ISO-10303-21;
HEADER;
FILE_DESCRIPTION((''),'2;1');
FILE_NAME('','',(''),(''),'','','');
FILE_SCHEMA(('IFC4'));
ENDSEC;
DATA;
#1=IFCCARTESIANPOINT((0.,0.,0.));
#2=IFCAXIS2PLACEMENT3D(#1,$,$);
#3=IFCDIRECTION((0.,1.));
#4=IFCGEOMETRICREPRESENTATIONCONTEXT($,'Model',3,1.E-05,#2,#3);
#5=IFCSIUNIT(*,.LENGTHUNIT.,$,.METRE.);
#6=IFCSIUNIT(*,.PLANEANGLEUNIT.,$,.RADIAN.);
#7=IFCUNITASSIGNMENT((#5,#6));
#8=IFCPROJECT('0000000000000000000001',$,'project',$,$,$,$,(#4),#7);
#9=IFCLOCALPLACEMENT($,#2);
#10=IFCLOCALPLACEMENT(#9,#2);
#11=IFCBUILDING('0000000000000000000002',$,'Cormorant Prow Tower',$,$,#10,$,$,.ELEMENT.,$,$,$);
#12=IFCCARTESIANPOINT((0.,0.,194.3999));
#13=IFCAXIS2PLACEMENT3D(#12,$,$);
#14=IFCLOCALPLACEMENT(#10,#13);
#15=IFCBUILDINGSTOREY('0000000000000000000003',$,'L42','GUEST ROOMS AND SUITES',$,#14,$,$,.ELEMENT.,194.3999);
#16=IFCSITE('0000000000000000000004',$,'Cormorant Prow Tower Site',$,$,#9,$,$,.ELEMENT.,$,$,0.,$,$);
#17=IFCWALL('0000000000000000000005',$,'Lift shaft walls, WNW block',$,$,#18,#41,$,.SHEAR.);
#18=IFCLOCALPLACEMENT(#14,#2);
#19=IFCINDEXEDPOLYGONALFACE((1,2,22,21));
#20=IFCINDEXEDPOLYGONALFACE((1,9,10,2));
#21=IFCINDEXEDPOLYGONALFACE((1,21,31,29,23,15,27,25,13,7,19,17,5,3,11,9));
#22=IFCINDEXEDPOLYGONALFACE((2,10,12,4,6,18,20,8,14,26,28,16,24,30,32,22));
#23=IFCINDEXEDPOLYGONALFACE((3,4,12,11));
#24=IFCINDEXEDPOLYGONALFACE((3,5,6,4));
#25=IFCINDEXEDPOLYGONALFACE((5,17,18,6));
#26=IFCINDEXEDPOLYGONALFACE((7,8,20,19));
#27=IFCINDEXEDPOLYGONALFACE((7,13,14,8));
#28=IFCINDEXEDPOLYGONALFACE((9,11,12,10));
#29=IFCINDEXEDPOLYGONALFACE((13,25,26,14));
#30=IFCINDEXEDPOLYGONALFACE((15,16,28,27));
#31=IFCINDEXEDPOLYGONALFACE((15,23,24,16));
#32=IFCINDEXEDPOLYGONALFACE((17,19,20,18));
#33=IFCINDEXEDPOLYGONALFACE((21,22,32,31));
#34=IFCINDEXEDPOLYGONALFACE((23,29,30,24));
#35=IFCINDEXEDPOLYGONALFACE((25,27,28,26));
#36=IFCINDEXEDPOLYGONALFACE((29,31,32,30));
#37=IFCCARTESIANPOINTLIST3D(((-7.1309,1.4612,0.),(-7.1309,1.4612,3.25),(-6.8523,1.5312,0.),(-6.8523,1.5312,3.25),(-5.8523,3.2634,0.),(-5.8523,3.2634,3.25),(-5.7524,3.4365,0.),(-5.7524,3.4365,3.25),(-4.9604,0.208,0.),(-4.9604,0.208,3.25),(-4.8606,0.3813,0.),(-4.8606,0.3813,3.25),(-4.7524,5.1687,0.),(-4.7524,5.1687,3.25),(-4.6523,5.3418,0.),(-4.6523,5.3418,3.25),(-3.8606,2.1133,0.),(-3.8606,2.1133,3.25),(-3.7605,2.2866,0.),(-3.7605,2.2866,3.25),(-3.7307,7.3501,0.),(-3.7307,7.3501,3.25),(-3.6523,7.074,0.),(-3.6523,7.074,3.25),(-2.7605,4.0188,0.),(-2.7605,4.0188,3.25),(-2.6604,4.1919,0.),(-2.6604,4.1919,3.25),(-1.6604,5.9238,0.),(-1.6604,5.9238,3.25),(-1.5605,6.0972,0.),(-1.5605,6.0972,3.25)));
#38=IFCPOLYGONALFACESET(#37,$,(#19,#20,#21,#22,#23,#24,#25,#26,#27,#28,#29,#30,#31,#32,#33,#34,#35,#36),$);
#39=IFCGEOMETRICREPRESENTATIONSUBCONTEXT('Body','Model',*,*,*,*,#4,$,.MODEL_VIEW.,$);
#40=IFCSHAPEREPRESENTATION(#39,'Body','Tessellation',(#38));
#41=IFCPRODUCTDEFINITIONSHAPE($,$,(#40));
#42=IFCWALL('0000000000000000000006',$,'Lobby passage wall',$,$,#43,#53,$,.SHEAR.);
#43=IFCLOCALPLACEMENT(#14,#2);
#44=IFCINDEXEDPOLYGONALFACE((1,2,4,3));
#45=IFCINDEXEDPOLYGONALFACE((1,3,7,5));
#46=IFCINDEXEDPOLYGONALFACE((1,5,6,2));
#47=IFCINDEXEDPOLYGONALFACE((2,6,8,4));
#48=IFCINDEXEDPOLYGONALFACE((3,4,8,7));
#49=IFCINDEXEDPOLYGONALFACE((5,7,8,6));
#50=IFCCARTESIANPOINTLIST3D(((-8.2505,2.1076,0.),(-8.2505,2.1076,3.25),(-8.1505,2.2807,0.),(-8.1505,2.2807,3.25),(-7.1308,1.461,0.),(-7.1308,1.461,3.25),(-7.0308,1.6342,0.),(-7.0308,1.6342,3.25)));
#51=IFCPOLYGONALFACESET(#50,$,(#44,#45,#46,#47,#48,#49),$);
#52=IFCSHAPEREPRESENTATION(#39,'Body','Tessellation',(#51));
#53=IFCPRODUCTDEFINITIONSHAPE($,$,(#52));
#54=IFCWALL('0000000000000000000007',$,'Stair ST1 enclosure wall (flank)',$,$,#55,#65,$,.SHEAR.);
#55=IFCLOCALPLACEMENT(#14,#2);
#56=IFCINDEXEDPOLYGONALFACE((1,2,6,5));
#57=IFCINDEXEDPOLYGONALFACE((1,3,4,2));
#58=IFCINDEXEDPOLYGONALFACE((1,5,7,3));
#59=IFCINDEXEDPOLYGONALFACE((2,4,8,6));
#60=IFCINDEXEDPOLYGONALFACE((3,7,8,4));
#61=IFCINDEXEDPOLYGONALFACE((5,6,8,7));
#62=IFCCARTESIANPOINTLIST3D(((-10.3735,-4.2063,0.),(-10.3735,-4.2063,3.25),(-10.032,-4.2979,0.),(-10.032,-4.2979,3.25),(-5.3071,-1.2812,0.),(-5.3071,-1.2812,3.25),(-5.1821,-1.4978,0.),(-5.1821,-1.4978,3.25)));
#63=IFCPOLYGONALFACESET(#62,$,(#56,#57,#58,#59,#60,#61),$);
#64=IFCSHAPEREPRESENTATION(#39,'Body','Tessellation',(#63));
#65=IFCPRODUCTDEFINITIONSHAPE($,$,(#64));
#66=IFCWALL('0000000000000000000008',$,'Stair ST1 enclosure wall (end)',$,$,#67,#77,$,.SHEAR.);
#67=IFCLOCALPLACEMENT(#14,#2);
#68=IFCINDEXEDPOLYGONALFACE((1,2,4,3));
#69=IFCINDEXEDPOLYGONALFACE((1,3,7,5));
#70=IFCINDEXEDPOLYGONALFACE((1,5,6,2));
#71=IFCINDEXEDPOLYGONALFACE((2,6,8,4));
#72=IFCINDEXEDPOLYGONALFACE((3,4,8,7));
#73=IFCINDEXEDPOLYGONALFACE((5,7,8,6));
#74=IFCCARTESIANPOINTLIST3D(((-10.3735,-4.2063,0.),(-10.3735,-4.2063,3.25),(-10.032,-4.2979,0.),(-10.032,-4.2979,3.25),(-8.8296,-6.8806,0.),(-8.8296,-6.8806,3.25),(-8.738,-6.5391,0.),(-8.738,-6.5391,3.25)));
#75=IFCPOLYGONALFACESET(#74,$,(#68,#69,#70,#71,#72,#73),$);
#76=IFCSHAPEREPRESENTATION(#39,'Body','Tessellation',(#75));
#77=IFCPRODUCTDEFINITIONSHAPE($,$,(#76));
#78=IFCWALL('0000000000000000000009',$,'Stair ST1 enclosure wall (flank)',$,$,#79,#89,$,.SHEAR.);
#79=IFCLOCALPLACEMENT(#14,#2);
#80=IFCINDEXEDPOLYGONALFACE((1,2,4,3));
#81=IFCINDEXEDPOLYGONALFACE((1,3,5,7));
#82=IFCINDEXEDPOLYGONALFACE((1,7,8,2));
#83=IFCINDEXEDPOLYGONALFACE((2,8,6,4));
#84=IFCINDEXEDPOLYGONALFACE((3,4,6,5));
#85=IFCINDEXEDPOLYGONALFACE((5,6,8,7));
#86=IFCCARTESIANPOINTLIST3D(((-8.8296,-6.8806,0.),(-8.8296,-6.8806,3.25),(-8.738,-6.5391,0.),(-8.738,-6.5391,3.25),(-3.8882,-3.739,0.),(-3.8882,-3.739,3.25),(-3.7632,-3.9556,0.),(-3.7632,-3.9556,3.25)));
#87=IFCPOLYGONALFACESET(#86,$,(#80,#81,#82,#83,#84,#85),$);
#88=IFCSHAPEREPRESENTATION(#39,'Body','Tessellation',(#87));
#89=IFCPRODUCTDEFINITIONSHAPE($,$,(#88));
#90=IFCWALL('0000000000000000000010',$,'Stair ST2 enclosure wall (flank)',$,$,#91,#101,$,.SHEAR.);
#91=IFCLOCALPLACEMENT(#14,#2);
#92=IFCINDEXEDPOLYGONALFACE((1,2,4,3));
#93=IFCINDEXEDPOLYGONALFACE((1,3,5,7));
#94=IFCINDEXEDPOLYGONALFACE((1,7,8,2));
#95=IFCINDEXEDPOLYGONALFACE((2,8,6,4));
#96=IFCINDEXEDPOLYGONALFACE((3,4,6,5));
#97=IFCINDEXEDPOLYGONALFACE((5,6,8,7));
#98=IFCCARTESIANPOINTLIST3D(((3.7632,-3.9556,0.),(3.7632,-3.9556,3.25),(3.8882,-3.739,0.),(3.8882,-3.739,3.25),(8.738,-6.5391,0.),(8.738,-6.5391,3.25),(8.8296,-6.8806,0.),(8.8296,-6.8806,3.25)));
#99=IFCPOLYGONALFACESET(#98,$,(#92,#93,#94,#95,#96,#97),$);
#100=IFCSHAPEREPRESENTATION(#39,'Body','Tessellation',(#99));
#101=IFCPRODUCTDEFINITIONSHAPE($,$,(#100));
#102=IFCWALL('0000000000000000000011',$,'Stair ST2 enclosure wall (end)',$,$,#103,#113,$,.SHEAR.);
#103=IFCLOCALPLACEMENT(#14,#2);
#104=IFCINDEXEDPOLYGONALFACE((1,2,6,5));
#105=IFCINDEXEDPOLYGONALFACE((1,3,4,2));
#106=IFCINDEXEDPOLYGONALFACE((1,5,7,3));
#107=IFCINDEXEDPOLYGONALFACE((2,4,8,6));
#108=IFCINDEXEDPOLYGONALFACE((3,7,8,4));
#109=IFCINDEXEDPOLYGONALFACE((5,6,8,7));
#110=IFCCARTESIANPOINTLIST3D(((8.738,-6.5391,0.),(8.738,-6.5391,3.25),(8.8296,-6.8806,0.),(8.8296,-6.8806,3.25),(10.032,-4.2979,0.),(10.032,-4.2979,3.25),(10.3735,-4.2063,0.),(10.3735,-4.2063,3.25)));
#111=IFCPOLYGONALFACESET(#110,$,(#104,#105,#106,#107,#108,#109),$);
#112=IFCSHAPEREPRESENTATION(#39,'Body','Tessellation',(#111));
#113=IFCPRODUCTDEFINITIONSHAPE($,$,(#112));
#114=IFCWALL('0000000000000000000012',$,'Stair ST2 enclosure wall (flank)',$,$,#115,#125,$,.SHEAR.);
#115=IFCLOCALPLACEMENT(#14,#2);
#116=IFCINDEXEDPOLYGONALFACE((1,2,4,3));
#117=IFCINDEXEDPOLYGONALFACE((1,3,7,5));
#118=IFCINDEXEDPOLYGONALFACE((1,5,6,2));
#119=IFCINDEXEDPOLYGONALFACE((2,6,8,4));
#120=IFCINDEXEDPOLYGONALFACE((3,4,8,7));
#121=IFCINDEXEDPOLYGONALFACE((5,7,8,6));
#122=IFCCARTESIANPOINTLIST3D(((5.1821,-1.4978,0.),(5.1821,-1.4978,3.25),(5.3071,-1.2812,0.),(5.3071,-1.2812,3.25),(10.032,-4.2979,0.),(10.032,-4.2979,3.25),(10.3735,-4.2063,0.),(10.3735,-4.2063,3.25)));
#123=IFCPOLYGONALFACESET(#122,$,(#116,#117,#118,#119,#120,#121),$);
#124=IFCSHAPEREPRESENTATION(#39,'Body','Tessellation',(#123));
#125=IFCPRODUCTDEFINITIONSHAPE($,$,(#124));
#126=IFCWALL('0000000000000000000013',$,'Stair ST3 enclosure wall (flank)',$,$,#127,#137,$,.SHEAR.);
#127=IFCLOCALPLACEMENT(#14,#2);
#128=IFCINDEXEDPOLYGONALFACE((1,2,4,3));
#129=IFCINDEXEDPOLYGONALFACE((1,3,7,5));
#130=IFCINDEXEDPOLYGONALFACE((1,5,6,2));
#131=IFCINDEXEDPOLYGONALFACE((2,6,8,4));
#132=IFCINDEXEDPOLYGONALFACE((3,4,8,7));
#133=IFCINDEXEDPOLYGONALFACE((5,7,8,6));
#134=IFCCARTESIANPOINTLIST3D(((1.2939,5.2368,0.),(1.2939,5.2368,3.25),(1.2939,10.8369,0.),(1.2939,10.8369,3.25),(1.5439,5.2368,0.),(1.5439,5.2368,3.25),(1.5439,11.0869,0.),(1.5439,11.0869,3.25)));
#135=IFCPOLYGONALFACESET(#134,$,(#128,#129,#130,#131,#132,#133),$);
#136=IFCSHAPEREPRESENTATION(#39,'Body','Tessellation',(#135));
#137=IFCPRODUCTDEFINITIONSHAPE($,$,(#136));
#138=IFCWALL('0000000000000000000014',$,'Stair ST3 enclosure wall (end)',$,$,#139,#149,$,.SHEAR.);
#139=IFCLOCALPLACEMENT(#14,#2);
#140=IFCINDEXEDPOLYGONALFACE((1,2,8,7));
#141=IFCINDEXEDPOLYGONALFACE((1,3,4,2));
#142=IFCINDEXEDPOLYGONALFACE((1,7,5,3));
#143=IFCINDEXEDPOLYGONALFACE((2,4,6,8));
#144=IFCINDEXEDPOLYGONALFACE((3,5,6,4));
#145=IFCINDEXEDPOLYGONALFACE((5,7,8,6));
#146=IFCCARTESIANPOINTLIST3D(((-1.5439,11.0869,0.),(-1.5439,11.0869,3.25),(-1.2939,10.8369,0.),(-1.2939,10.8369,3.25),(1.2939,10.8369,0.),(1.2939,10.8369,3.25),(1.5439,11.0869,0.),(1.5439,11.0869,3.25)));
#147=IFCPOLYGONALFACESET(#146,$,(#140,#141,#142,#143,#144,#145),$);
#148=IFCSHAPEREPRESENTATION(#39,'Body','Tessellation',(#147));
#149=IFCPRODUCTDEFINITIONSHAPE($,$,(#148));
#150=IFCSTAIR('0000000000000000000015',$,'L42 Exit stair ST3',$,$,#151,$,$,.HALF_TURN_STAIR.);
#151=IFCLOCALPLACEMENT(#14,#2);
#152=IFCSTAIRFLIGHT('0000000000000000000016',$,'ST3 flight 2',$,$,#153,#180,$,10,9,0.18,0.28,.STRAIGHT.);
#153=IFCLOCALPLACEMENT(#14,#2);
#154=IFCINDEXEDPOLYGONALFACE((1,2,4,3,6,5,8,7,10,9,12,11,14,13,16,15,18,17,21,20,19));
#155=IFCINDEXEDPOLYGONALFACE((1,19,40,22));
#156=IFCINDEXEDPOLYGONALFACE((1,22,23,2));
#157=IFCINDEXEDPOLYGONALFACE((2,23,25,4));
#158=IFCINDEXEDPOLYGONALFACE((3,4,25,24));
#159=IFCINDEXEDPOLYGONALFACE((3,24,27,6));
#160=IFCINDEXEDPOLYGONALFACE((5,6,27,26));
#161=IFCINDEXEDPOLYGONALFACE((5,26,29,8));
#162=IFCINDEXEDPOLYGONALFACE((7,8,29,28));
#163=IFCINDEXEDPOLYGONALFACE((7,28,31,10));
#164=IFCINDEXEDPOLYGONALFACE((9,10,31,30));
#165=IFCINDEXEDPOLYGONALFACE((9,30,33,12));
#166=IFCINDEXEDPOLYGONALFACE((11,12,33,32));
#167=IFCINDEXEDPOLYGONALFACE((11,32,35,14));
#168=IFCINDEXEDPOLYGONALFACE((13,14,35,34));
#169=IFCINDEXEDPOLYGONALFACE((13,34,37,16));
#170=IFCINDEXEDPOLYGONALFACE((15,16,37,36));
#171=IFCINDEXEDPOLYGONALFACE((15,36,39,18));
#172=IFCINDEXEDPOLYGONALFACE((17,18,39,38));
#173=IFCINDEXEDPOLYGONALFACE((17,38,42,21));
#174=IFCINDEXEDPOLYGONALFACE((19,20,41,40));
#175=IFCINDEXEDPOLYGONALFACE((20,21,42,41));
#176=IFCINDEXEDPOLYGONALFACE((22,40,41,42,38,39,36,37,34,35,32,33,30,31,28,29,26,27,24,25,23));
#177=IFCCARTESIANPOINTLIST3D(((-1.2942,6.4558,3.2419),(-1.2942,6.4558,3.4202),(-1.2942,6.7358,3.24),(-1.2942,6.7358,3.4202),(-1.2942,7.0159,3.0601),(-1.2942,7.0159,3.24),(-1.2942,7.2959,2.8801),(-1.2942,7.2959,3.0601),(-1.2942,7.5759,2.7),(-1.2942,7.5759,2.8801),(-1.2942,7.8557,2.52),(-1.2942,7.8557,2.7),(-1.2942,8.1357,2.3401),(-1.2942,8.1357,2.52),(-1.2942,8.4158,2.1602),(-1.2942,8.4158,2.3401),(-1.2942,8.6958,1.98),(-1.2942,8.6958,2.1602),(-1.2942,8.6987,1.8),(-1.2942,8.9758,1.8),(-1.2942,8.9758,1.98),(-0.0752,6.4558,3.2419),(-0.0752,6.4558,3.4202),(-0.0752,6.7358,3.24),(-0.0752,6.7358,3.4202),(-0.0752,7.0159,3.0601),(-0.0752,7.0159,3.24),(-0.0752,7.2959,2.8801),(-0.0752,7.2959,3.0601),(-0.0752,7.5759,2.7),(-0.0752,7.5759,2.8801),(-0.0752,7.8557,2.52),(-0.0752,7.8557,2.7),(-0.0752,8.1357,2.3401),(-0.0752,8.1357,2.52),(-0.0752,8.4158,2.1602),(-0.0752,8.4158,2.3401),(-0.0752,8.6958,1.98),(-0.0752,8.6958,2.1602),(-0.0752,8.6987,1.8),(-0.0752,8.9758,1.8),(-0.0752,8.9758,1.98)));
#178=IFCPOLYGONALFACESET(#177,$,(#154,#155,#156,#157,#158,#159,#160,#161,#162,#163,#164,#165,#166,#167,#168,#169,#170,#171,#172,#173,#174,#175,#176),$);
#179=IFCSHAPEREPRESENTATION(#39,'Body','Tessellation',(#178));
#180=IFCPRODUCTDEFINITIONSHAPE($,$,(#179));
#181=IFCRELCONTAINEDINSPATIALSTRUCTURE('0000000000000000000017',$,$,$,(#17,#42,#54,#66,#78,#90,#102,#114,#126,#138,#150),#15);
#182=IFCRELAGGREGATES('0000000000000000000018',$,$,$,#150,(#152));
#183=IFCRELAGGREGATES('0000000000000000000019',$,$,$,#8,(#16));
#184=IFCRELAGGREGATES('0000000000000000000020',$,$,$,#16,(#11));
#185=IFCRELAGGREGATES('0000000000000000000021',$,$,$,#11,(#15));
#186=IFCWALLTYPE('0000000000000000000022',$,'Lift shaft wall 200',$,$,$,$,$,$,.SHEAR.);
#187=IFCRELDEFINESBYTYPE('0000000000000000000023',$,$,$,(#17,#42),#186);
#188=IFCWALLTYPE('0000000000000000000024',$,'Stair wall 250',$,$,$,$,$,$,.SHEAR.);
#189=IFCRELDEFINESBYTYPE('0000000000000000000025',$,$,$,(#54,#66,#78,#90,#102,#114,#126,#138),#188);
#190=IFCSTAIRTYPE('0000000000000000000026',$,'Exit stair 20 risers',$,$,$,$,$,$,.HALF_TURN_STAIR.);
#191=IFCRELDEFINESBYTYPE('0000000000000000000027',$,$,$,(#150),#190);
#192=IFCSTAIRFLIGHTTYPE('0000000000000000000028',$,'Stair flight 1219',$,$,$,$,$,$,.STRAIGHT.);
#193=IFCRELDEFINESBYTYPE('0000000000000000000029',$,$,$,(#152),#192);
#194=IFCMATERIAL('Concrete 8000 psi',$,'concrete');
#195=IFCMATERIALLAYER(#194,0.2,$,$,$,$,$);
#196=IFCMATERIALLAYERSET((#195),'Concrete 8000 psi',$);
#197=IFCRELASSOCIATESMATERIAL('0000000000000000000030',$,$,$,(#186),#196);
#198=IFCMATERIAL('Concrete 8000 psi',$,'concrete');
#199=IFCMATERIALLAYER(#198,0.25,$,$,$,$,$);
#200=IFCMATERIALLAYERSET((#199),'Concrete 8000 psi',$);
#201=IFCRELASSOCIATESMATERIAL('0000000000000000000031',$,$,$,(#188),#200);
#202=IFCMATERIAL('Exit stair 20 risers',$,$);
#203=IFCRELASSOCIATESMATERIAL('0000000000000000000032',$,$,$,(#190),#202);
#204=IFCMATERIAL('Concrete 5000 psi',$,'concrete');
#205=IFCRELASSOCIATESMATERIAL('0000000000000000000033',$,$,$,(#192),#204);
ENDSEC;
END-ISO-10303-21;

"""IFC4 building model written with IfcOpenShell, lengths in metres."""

from ifc_helpers import new_model, si_unit, direction, frame, frame_2d, origin, place, context, subcontext, project, spatial, polyline, rectangle, outline, extrude, material, layer, layer_set, type_object, element, aggregate, save


model = new_model("IFC4")

# Units and contexts
model_context = context("Model", 3, precision=1e-05, world=origin(), true_north=direction((0.0, 1.0)))
body_context = subcontext(model_context, "Body", "Model", "MODEL_VIEW")
ifc_project = project(units=[si_unit("LENGTHUNIT", "METRE"), si_unit("PLANEANGLEUNIT", "RADIAN")], contexts=[model_context])

# Site, building, storey
site_placement = place(None, origin())
site = spatial("IfcSite", under=ifc_project, at=site_placement, Name="Cormorant Prow Tower Site", CompositionType="ELEMENT", RefElevation=0.0)
building_placement = place(site_placement, origin())
building = spatial("IfcBuilding", under=site, at=building_placement, Name="Cormorant Prow Tower", CompositionType="ELEMENT")
storey_placement = place(building_placement, frame((0.0, 0.0, 194.3999)))
storey = spatial("IfcBuildingStorey", under=building, at=storey_placement, Name="L42", Description="GUEST ROOMS AND SUITES", CompositionType="ELEMENT", Elevation=194.3999)

# Walls
ifc_material_1 = material(Name="Concrete 8000 psi", Category="concrete")
ifc_layer_1 = layer(ifc_material_1, 0.2)
ifc_layer_set_1 = layer_set([ifc_layer_1], Name="Concrete 8000 psi")
wall_type_1 = type_object("IfcWallType", Name="Lift shaft wall 200", PredefinedType="SHEAR", material=ifc_layer_set_1)
wall_1_placement = place(storey_placement, origin())
element("IfcWall", 1, at=wall_1_placement, inside=storey, type_object=wall_type_1, Name="Lift shaft walls, WNW block", PredefinedType="SHEAR", context=body_context, shape_type="SweptSolid", body=[
    extrude(outline(polyline([(-4.9604, 0.208), (-7.1309, 1.4612), (-3.7307, 7.3501), (-1.5605, 6.0972), (-1.6604, 5.9238), (-3.6523, 7.074), (-4.6523, 5.3418), (-2.6604, 4.1919), (-2.7605, 4.0188), (-4.7524, 5.1687), (-5.7524, 3.4365), (-3.7605, 2.2866), (-3.8606, 2.1133), (-5.8523, 3.2634), (-6.8523, 1.5312), (-4.8606, 0.3813), (-4.9604, 0.208)])), origin(), (0.0, 0.0, 1.0), 3.25),
])
wall_2_placement = place(storey_placement, frame((-7.0808, 1.5476, 0.0), z_axis=(0.0, 0.0, 1.0), x_axis=(-0.866003, 0.500038, 0.0)))
element("IfcWall", 2, at=wall_2_placement, inside=storey, type_object=wall_type_1, Name="Lobby passage wall", PredefinedType="SHEAR", context=body_context, shape_type="SweptSolid", body=[
    extrude(rectangle(XDim=1.293, YDim=0.2, at=frame_2d((0.6465, 0.0))), origin(), (0.0, 0.0, 1.0), 3.25),
])
ifc_material_2 = material(Name="Concrete 8000 psi", Category="concrete")
ifc_layer_2 = layer(ifc_material_2, 0.25)
ifc_layer_set_2 = layer_set([ifc_layer_2], Name="Concrete 8000 psi")
wall_type_2 = type_object("IfcWallType", Name="Stair wall 250", PredefinedType="SHEAR", material=ifc_layer_set_2)
wall_3_placement = place(storey_placement, origin())
element("IfcWall", 3, at=wall_3_placement, inside=storey, type_object=wall_type_2, Name="Stair ST1 enclosure wall (flank)", PredefinedType="SHEAR", context=body_context, shape_type="SweptSolid", body=[
    extrude(outline(polyline([(-5.3071, -1.2812), (-10.3735, -4.2063), (-10.032, -4.2979), (-5.1821, -1.4978), (-5.3071, -1.2812)])), origin(), (0.0, 0.0, 1.0), 3.25),
])
wall_4_placement = place(storey_placement, origin())
element("IfcWall", 4, at=wall_4_placement, inside=storey, type_object=wall_type_2, Name="Stair ST1 enclosure wall (end)", PredefinedType="SHEAR", context=body_context, shape_type="SweptSolid", body=[
    extrude(outline(polyline([(-10.3735, -4.2063), (-8.8296, -6.8806), (-8.738, -6.5391), (-10.032, -4.2979), (-10.3735, -4.2063)])), origin(), (0.0, 0.0, 1.0), 3.25),
])
wall_5_placement = place(storey_placement, origin())
element("IfcWall", 5, at=wall_5_placement, inside=storey, type_object=wall_type_2, Name="Stair ST1 enclosure wall (flank)", PredefinedType="SHEAR", context=body_context, shape_type="SweptSolid", body=[
    extrude(outline(polyline([(-8.738, -6.5391), (-8.8296, -6.8806), (-3.7632, -3.9556), (-3.8882, -3.739), (-8.738, -6.5391)])), origin(), (0.0, 0.0, 1.0), 3.25),
])
wall_6_placement = place(storey_placement, origin())
element("IfcWall", 6, at=wall_6_placement, inside=storey, type_object=wall_type_2, Name="Stair ST2 enclosure wall (flank)", PredefinedType="SHEAR", context=body_context, shape_type="SweptSolid", body=[
    extrude(outline(polyline([(3.7632, -3.9556), (8.8296, -6.8806), (8.738, -6.5391), (3.8882, -3.739), (3.7632, -3.9556)])), origin(), (0.0, 0.0, 1.0), 3.25),
])
wall_7_placement = place(storey_placement, origin())
element("IfcWall", 7, at=wall_7_placement, inside=storey, type_object=wall_type_2, Name="Stair ST2 enclosure wall (end)", PredefinedType="SHEAR", context=body_context, shape_type="SweptSolid", body=[
    extrude(outline(polyline([(8.8296, -6.8806), (10.3735, -4.2063), (10.032, -4.2979), (8.738, -6.5391), (8.8296, -6.8806)])), origin(), (0.0, 0.0, 1.0), 3.25),
])
wall_8_placement = place(storey_placement, origin())
element("IfcWall", 8, at=wall_8_placement, inside=storey, type_object=wall_type_2, Name="Stair ST2 enclosure wall (flank)", PredefinedType="SHEAR", context=body_context, shape_type="SweptSolid", body=[
    extrude(outline(polyline([(10.032, -4.2979), (10.3735, -4.2063), (5.3071, -1.2812), (5.1821, -1.4978), (10.032, -4.2979)])), origin(), (0.0, 0.0, 1.0), 3.25),
])
wall_9_placement = place(storey_placement, origin())
element("IfcWall", 9, at=wall_9_placement, inside=storey, type_object=wall_type_2, Name="Stair ST3 enclosure wall (flank)", PredefinedType="SHEAR", context=body_context, shape_type="SweptSolid", body=[
    extrude(outline(polyline([(1.5439, 5.2368), (1.5439, 11.0869), (1.2939, 10.8369), (1.2939, 5.2368), (1.5439, 5.2368)])), origin(), (0.0, 0.0, 1.0), 3.25),
])
wall_10_placement = place(storey_placement, origin())
element("IfcWall", 10, at=wall_10_placement, inside=storey, type_object=wall_type_2, Name="Stair ST3 enclosure wall (end)", PredefinedType="SHEAR", context=body_context, shape_type="SweptSolid", body=[
    extrude(outline(polyline([(1.5439, 11.0869), (-1.5439, 11.0869), (-1.2939, 10.8369), (1.2939, 10.8369), (1.5439, 11.0869)])), origin(), (0.0, 0.0, 1.0), 3.25),
])

# Stair, stair flight
ifc_material_3 = material(Name="Exit stair 20 risers")
stair_type = type_object("IfcStairType", Name="Exit stair 20 risers", PredefinedType="HALF_TURN_STAIR", material=ifc_material_3)
stair_placement = place(storey_placement, origin())
stair = element("IfcStair", 11, at=stair_placement, inside=storey, type_object=stair_type, Name="L42 Exit stair ST3", PredefinedType="HALF_TURN_STAIR")
ifc_material_4 = material(Name="Concrete 5000 psi", Category="concrete")
stair_flight_type = type_object("IfcStairFlightType", Name="Stair flight 1219", PredefinedType="STRAIGHT", material=ifc_material_4)
stair_flight_placement = place(storey_placement, frame((-0.6846, 8.9758, 1.8), z_axis=(0.0, 0.0, 1.0), x_axis=(0.0, -1.0, 0.0)))
stair_flight = element("IfcStairFlight", 12, at=stair_flight_placement, type_object=stair_flight_type, Name="ST3 flight 2", NumberOfRisers=10, NumberOfTreads=9, PredefinedType="STRAIGHT", RiserHeight=0.18, TreadLength=0.28, context=body_context, shape_type="SweptSolid", body=[
    extrude(outline(polyline([(0.0, 0.0), (0.0, 0.1799), (0.28, 0.1799), (0.28, 0.3601), (0.5601, 0.3601), (0.5601, 0.54), (0.8401, 0.54), (0.8401, 0.72), (1.1201, 0.72), (1.1201, 0.8999), (1.3999, 0.8999), (1.3999, 1.0801), (1.6799, 1.0801), (1.6799, 1.26), (1.96, 1.26), (1.96, 1.4399), (2.24, 1.4399), (2.24, 1.6201), (2.52, 1.6201), (2.52, 1.8), (2.52, 1.4419), (0.2771, 0.0), (0.0, 0.0)])), frame((0.0, 0.6094, 0.0), z_axis=(0.0, -1.0, 0.0), x_axis=(1.0, 0.0, 0.0)), (0.0, 0.0, 1.0), 1.219),
])
aggregate(stair, [stair_flight])

save(model, "model.ifc")
